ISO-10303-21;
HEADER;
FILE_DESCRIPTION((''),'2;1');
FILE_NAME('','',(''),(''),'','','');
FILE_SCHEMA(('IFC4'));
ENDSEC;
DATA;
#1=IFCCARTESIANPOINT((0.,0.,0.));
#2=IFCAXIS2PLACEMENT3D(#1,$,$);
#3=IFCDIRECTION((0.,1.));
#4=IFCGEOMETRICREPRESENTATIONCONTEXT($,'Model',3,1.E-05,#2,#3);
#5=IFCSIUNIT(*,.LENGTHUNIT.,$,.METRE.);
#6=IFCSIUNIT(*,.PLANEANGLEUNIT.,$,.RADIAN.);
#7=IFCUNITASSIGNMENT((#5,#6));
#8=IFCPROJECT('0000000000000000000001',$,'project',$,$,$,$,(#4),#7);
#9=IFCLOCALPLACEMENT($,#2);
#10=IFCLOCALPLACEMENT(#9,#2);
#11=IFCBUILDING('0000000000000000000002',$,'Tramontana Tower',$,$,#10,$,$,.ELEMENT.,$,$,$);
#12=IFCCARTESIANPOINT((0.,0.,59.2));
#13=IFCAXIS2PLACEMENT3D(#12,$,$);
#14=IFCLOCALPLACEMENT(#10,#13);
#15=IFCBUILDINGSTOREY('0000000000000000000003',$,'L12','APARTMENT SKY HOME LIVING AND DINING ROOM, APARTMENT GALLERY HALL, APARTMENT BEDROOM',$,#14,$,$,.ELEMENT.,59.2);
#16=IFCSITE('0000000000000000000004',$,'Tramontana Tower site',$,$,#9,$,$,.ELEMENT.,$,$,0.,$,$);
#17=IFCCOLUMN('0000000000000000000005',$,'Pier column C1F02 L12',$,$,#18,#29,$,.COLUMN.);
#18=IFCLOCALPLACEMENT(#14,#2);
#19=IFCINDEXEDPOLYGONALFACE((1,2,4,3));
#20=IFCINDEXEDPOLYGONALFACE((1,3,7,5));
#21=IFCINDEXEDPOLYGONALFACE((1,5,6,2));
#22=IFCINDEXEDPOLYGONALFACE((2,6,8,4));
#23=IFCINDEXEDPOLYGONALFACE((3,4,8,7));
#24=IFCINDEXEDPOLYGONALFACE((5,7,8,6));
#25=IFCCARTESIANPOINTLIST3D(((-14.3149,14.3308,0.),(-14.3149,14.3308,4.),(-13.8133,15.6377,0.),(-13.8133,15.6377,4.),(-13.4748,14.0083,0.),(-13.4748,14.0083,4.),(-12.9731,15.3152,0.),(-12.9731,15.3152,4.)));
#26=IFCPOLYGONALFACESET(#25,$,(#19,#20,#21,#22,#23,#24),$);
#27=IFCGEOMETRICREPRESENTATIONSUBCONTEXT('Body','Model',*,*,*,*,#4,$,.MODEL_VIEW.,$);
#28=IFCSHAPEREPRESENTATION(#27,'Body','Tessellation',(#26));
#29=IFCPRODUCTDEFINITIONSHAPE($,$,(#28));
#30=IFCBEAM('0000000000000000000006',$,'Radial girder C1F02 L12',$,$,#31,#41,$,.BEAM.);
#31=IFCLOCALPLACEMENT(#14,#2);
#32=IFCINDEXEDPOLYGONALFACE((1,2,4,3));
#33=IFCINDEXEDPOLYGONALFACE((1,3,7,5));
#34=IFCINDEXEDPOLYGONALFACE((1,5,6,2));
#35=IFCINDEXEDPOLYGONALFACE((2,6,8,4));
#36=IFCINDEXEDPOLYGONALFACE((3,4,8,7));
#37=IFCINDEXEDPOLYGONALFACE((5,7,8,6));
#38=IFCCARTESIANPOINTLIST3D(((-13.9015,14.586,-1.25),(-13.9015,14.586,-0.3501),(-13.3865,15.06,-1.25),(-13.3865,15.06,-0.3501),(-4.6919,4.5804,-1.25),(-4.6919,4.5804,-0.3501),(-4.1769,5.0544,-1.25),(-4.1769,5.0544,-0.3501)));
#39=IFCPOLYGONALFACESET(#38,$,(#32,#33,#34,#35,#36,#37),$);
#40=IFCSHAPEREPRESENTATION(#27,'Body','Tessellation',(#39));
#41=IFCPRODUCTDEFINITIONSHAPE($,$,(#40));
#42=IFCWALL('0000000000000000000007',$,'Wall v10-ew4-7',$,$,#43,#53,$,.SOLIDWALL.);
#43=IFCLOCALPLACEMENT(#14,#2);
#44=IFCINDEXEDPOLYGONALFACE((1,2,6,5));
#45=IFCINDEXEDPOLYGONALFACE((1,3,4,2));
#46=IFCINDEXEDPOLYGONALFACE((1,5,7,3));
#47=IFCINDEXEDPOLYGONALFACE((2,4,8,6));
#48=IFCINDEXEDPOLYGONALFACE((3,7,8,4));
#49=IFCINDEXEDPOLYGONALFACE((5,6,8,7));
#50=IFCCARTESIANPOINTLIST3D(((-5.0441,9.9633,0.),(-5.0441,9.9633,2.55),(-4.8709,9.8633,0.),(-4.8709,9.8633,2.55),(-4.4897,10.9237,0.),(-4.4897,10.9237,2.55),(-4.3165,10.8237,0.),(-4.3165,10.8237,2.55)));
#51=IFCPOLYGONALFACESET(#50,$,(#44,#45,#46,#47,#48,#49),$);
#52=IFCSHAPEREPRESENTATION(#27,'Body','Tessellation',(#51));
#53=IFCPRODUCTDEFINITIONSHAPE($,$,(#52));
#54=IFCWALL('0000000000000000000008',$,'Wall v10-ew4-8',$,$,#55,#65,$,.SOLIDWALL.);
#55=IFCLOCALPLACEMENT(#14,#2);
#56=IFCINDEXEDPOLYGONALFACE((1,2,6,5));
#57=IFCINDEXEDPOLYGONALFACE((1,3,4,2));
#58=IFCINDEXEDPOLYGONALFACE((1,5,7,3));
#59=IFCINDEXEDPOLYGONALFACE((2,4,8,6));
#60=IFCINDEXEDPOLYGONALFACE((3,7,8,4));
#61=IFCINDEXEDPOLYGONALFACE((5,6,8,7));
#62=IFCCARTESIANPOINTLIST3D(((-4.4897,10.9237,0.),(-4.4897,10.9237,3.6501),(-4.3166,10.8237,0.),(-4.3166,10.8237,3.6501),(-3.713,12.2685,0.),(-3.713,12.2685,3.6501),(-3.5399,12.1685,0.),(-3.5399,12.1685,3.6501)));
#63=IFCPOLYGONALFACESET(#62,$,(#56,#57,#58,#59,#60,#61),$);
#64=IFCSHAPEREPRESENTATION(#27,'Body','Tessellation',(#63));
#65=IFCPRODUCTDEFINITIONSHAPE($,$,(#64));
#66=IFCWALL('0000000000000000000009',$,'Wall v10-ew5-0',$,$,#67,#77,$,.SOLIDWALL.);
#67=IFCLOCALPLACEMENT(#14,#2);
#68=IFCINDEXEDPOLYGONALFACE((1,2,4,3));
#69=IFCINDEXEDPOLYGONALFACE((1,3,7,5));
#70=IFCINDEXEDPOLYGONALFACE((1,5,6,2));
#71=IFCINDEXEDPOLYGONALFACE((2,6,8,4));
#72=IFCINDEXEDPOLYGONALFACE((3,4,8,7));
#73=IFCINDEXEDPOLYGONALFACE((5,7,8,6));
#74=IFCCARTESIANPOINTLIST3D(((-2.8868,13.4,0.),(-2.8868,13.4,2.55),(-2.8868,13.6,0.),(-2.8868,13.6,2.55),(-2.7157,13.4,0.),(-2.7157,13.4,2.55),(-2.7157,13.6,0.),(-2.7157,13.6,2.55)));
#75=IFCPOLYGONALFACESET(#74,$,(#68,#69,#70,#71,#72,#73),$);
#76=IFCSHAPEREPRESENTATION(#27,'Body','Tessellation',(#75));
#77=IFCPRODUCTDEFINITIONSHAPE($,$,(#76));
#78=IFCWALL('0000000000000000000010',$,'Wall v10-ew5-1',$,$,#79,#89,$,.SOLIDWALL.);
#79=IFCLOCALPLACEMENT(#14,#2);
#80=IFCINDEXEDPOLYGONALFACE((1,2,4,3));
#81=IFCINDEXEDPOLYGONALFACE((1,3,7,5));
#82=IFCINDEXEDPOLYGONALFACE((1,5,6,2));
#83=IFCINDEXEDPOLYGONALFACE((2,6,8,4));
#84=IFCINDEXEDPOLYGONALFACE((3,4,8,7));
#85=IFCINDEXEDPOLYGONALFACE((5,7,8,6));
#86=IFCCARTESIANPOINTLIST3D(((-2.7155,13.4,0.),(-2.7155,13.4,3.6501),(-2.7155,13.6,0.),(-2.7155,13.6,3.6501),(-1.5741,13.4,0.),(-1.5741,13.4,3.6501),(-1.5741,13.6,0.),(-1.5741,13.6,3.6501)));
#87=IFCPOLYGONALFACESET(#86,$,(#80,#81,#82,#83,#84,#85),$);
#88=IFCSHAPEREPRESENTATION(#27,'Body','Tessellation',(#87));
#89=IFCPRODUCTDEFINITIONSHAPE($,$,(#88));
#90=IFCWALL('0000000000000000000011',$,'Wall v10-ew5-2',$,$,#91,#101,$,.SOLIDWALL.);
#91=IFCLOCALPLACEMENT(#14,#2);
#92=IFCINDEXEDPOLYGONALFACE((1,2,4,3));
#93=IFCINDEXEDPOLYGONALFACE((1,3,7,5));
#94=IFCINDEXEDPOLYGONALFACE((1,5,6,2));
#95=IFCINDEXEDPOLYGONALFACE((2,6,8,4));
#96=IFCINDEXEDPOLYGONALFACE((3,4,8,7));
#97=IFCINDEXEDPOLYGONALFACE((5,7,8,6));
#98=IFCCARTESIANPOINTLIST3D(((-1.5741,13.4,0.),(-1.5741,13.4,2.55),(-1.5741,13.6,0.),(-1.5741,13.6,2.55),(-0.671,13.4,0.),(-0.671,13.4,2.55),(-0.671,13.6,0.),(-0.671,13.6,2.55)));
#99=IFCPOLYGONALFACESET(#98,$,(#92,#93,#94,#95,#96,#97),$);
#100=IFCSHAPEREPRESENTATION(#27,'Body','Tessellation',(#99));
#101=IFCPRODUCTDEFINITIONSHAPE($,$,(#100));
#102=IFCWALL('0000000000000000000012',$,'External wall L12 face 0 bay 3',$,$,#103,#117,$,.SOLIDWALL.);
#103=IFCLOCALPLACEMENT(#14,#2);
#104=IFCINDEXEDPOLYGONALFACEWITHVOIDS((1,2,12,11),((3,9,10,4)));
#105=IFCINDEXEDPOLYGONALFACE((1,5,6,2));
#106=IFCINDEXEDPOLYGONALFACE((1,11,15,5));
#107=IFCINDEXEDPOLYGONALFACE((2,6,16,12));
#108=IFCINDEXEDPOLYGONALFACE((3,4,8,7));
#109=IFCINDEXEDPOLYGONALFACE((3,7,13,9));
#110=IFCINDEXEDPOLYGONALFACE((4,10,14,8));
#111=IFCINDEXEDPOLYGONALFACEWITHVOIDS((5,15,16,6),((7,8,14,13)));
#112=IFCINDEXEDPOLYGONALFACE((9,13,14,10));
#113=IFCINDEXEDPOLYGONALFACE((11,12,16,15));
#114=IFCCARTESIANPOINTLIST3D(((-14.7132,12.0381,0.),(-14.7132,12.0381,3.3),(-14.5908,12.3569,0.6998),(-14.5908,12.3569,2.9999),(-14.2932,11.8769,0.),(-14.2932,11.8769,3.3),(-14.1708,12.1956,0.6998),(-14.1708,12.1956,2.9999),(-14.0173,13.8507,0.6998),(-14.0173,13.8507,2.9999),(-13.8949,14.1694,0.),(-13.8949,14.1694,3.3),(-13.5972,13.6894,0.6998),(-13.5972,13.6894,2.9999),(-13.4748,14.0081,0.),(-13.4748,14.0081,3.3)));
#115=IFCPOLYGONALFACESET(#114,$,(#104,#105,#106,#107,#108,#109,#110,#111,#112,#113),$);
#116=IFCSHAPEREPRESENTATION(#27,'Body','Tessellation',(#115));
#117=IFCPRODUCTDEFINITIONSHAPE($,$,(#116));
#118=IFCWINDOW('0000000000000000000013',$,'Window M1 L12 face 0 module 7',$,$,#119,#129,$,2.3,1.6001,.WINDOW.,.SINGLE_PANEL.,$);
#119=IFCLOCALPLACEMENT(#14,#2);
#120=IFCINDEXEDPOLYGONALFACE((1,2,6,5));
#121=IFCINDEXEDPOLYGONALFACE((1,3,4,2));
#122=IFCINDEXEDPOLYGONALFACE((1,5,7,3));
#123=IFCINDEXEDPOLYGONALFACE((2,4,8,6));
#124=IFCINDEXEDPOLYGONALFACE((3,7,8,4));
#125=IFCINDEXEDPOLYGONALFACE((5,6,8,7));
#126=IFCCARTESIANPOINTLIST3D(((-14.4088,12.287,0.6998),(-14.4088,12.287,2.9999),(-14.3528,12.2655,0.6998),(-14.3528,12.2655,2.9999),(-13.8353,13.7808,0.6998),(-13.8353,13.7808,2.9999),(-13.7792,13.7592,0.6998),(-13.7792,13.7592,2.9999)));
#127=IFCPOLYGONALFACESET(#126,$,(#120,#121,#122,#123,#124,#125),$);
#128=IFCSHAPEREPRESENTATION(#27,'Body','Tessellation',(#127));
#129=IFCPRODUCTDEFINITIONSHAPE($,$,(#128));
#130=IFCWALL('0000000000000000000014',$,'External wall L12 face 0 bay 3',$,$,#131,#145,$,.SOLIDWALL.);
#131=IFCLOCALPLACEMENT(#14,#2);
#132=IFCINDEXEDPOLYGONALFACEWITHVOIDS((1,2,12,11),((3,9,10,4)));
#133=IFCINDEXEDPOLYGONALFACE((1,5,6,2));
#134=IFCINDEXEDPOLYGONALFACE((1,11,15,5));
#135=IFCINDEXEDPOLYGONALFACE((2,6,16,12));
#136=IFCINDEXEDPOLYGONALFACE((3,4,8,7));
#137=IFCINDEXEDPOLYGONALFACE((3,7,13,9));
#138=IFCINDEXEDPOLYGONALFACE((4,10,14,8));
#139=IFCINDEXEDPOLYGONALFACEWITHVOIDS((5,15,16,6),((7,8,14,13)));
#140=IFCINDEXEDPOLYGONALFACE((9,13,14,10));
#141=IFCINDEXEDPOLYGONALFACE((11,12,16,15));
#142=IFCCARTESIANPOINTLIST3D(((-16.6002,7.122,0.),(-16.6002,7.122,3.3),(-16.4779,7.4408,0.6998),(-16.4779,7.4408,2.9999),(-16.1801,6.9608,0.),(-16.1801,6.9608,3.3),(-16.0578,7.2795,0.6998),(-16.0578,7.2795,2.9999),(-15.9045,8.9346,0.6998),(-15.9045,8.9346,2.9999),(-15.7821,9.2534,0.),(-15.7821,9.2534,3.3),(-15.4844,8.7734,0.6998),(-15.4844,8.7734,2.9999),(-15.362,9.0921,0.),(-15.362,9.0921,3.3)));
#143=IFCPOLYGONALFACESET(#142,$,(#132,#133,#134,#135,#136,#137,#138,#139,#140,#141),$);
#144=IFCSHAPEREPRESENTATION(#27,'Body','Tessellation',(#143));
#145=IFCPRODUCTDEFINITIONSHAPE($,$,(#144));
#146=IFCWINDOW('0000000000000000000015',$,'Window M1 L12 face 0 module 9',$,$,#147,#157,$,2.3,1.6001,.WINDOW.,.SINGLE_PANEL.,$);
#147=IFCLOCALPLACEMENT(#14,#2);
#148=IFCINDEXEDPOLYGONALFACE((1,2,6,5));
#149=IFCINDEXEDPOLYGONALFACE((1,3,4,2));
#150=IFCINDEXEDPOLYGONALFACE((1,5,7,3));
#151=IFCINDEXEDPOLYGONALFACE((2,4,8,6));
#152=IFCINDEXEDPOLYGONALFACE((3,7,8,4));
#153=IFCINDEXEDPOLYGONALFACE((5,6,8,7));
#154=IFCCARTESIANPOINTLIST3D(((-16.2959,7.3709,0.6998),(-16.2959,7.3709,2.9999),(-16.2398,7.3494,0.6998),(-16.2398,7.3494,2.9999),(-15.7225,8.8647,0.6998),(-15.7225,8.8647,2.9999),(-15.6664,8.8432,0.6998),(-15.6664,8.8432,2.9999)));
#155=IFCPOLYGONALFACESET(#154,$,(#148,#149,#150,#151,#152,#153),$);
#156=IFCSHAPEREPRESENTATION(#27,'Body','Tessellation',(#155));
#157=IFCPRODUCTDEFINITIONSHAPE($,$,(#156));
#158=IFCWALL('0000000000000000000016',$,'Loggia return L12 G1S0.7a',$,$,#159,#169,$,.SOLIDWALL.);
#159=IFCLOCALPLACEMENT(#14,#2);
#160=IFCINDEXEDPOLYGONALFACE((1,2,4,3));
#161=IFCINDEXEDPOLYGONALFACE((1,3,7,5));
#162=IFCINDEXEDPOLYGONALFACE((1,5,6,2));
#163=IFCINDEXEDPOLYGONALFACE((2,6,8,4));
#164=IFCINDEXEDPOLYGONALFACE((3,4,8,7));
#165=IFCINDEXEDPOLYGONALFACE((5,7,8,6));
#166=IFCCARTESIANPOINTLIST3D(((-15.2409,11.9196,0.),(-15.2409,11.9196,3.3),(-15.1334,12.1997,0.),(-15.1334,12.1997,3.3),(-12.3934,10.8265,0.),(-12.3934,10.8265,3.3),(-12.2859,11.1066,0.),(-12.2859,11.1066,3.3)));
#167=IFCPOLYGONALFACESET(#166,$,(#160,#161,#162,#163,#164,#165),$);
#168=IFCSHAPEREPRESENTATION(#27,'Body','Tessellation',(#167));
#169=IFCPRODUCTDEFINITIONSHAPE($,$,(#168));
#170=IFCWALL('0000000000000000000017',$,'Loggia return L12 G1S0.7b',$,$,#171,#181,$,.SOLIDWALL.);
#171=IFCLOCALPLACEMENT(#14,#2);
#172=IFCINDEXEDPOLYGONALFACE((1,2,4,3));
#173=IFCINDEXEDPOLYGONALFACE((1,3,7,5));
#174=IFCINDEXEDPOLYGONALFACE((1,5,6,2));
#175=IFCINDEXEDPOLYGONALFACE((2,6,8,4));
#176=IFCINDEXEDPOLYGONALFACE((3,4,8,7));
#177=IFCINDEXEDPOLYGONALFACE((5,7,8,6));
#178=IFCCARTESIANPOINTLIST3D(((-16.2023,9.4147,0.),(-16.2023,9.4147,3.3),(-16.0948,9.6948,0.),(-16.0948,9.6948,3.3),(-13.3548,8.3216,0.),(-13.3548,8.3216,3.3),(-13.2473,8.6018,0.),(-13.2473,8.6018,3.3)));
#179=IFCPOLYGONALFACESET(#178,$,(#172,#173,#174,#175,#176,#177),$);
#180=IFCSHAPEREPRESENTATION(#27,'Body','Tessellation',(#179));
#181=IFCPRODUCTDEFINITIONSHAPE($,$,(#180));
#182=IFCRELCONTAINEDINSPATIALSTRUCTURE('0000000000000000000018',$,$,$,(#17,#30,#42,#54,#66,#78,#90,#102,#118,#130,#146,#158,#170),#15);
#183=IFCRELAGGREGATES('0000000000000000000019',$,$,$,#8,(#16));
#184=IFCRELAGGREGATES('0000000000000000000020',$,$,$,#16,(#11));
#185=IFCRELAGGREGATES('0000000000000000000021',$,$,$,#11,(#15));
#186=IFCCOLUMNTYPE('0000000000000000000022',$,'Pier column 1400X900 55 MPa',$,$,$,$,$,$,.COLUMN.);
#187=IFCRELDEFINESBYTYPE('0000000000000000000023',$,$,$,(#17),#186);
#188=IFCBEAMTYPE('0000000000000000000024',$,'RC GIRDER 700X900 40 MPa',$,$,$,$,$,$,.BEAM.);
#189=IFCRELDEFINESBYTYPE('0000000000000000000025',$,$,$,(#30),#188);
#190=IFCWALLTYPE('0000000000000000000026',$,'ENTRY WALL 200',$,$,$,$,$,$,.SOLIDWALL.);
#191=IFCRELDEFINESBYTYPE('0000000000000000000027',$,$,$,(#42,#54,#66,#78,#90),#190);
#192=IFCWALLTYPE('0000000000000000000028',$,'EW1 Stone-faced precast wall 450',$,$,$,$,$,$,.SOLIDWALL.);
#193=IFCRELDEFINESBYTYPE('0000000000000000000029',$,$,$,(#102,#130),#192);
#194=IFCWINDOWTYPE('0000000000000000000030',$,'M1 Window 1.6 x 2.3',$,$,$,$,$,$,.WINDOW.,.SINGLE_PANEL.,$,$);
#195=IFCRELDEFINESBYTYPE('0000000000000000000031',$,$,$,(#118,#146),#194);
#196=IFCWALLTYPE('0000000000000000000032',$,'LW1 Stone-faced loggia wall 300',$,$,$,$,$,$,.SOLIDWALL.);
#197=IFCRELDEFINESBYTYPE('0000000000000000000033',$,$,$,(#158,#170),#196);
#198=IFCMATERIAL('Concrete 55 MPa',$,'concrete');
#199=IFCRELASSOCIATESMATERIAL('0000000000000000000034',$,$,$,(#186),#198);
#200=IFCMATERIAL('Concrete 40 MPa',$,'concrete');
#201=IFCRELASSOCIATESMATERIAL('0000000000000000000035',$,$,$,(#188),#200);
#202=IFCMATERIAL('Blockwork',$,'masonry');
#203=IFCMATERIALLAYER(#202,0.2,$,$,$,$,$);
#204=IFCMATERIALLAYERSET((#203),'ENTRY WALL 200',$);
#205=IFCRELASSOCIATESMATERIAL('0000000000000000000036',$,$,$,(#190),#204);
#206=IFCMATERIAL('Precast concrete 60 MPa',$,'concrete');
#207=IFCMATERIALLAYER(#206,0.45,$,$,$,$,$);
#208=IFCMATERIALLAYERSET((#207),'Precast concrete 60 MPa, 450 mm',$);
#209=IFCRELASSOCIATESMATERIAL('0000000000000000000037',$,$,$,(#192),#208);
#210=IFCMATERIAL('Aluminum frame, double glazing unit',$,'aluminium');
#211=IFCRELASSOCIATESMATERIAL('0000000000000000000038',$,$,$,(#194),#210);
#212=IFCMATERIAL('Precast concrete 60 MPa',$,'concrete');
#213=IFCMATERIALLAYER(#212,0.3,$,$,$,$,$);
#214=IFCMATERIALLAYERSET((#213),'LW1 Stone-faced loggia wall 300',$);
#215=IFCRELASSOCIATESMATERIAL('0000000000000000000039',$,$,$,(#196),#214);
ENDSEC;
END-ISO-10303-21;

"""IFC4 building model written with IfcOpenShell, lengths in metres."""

from ifc_helpers import new_model, si_unit, direction, frame, frame_2d, origin, origin_2d, place, context, subcontext, project, spatial, rectangle, extrude, material, layer, layer_set, material_profile, profile_set, type_object, element, fill, save


model = new_model("IFC4")

# Units and contexts
model_context = context("Model", 3, precision=1e-05, world=origin(), true_north=direction((0.0, 1.0)))
body_context = subcontext(model_context, "Body", "Model", "MODEL_VIEW")
ifc_project = project(units=[si_unit("LENGTHUNIT", "METRE"), si_unit("PLANEANGLEUNIT", "RADIAN")], contexts=[model_context])

# Site, building, storey
site_placement = place(None, origin())
site = spatial("IfcSite", under=ifc_project, at=site_placement, Name="Tramontana Tower site", CompositionType="ELEMENT", RefElevation=0.0)
building_placement = place(site_placement, origin())
building = spatial("IfcBuilding", under=site, at=building_placement, Name="Tramontana Tower", CompositionType="ELEMENT")
storey_placement = place(building_placement, frame((0.0, 0.0, 59.2)))
storey = spatial("IfcBuildingStorey", under=building, at=storey_placement, Name="L12", Description="APARTMENT SKY HOME LIVING AND DINING ROOM, APARTMENT GALLERY HALL, APARTMENT BEDROOM", CompositionType="ELEMENT", Elevation=59.2)

# Column
ifc_material_1 = material(Name="Concrete 55 MPa", Category="concrete")
ifc_material_profile_1 = material_profile(ifc_material_1, rectangle(XDim=1.3999, YDim=0.8999, at=origin_2d()), Name="Pier column 1400X900 55 MPa")
ifc_profile_set_1 = profile_set([ifc_material_profile_1], Name="Concrete 55 MPa")
column_type = type_object("IfcColumnType", Name="Pier column 1400X900 55 MPa", PredefinedType="COLUMN", material=ifc_profile_set_1)
column_placement = place(storey_placement, frame((-13.644, 14.823, 0.0), z_axis=(0.0, 0.0, 1.0), x_axis=(-0.358368, -0.93358, 0.0)))
element("IfcColumn", 1, at=column_placement, inside=storey, type_object=column_type, Name="Pier column C1F02 L12", PredefinedType="COLUMN", context=body_context, shape_type="SweptSolid", body=[
    extrude(rectangle(XDim=1.3999, YDim=0.8999, at=origin_2d()), origin(), (0.0, 0.0, 1.0), 4.0),
])

# Beam
ifc_material_2 = material(Name="Concrete 40 MPa", Category="concrete")
ifc_material_profile_2 = material_profile(ifc_material_2, rectangle(XDim=0.7, YDim=0.8999, at=origin_2d()), Name="RC GIRDER 700X900 40 MPa")
ifc_profile_set_2 = profile_set([ifc_material_profile_2], Name="Concrete 40 MPa")
beam_type = type_object("IfcBeamType", Name="RC GIRDER 700X900 40 MPa", PredefinedType="BEAM", material=ifc_profile_set_2)
beam_placement = place(storey_placement, frame((-13.644, 14.823, -0.8), z_axis=(0.677238, -0.735764, 0.0), x_axis=(0.735764, 0.677238, 0.0)))
element("IfcBeam", 2, at=beam_placement, inside=storey, type_object=beam_type, Name="Radial girder C1F02 L12", PredefinedType="BEAM", context=body_context, shape_type="SweptSolid", body=[
    extrude(rectangle(XDim=0.7, YDim=0.8999, at=origin_2d()), origin(), (0.0, 0.0, 1.0), 13.5989),
])

# Walls
ifc_material_3 = material(Name="Blockwork", Category="masonry")
ifc_layer_1 = layer(ifc_material_3, 0.2)
ifc_layer_set_1 = layer_set([ifc_layer_1], Name="ENTRY WALL 200")
wall_type_1 = type_object("IfcWallType", Name="ENTRY WALL 200", PredefinedType="SOLIDWALL", material=ifc_layer_set_1)
wall_1_placement = place(storey_placement, frame((-4.9575, 9.9133, 0.0), z_axis=(0.0, 0.0, 1.0), x_axis=(0.499951, 0.866054, 0.0)))
element("IfcWall", 3, at=wall_1_placement, inside=storey, type_object=wall_type_1, Name="Wall v10-ew4-7", PredefinedType="SOLIDWALL", context=body_context, shape_type="SweptSolid", body=[
    extrude(rectangle(XDim=1.1089, YDim=0.2, at=frame_2d((0.5544, 0.0))), origin(), (0.0, 0.0, 1.0), 2.55),
])
wall_2_placement = place(storey_placement, frame((-4.4031, 10.8738, 0.0), z_axis=(0.0, 0.0, 1.0), x_axis=(0.500113, 0.86596, 0.0)))
element("IfcWall", 4, at=wall_2_placement, inside=storey, type_object=wall_type_1, Name="Wall v10-ew4-8", PredefinedType="SOLIDWALL", context=body_context, shape_type="SweptSolid", body=[
    extrude(rectangle(XDim=1.553, YDim=0.2, at=frame_2d((0.7764, 0.0))), origin(), (0.0, 0.0, 1.0), 3.6501),
])

# Walls
wall_3_placement = place(storey_placement, frame((-2.8867, 13.5, 0.0), z_axis=(0.0, 0.0, 1.0), x_axis=(1.0, 0.0, 0.0)))
element("IfcWall", 5, at=wall_3_placement, inside=storey, type_object=wall_type_1, Name="Wall v10-ew5-0", PredefinedType="SOLIDWALL", context=body_context, shape_type="SweptSolid", body=[
    extrude(rectangle(XDim=0.1711, YDim=0.2, at=frame_2d((0.0854, 0.0))), origin(), (0.0, 0.0, 1.0), 2.55),
])
wall_4_placement = place(storey_placement, frame((-2.7156, 13.5, 0.0), z_axis=(0.0, 0.0, 1.0), x_axis=(1.0, 0.0, 0.0)))
element("IfcWall", 6, at=wall_4_placement, inside=storey, type_object=wall_type_1, Name="Wall v10-ew5-1", PredefinedType="SOLIDWALL", context=body_context, shape_type="SweptSolid", body=[
    extrude(rectangle(XDim=1.1414, YDim=0.2, at=frame_2d((0.5708, 0.0))), origin(), (0.0, 0.0, 1.0), 3.6501),
])
wall_5_placement = place(storey_placement, frame((-1.5742, 13.5, 0.0), z_axis=(0.0, 0.0, 1.0), x_axis=(1.0, 0.0, 0.0)))
element("IfcWall", 7, at=wall_5_placement, inside=storey, type_object=wall_type_1, Name="Wall v10-ew5-2", PredefinedType="SOLIDWALL", context=body_context, shape_type="SweptSolid", body=[
    extrude(rectangle(XDim=0.9031, YDim=0.2, at=frame_2d((0.4517, 0.0))), origin(), (0.0, 0.0, 1.0), 2.55),
])

# Walls, openings, windows
ifc_material_4 = material(Name="Precast concrete 60 MPa", Category="concrete")
ifc_layer_2 = layer(ifc_material_4, 0.45)
ifc_layer_set_2 = layer_set([ifc_layer_2], Name="Precast concrete 60 MPa, 450 mm")
wall_type_2 = type_object("IfcWallType", Name="EW1 Stone-faced precast wall 450", PredefinedType="SOLIDWALL", material=ifc_layer_set_2)
wall_6_placement = place(storey_placement, frame((-13.6848, 14.0889, 0.0), z_axis=(0.0, 0.0, 1.0), x_axis=(-0.358449, -0.933549, 0.0)))
wall_6 = element("IfcWall", 8, at=wall_6_placement, inside=storey, type_object=wall_type_2, Name="External wall L12 face 0 bay 3", PredefinedType="SOLIDWALL", context=body_context, shape_type="SweptSolid", body=[
    extrude(rectangle(XDim=2.283, YDim=0.45, at=frame_2d((1.1416, 0.0))), origin(), (0.0, 0.0, 1.0), 3.3),
])
opening_1_placement = place(wall_6_placement, frame((0.3416, 0.0, 0.7)))
opening_1 = element("IfcOpeningElement", 9, at=opening_1_placement, cuts=wall_6, PredefinedType="OPENING", context=body_context, shape_type="SweptSolid", body=[
    extrude(rectangle(XDim=1.6001, YDim=2.3, at=frame_2d((0.8, 1.1499))), frame((0.0, 0.2349, 0.0), z_axis=(0.0, -1.0, 0.0), x_axis=(1.0, 0.0, 0.0)), (0.0, 0.0, 1.0), 0.47),
])
ifc_material_5 = material(Name="Aluminum frame, double glazing unit", Category="aluminium")
window_type = type_object("IfcWindowType", Name="M1 Window 1.6 x 2.3", PartitioningType="SINGLE_PANEL", PredefinedType="WINDOW", material=ifc_material_5)
window_1_placement = place(opening_1_placement, origin())
window_1 = element("IfcWindow", 10, at=window_1_placement, inside=storey, type_object=window_type, Name="Window M1 L12 face 0 module 7", OverallHeight=2.3, OverallWidth=1.6001, PartitioningType="SINGLE_PANEL", PredefinedType="WINDOW", context=body_context, shape_type="SweptSolid", body=[
    extrude(rectangle(XDim=1.6001, YDim=2.3, at=frame_2d((0.8, 1.1499))), frame((0.0, 0.03, 0.0), z_axis=(0.0, -1.0, 0.0), x_axis=(1.0, 0.0, 0.0)), (0.0, 0.0, 1.0), 0.0601),
])
fill(opening_1, window_1)
wall_7_placement = place(storey_placement, frame((-15.572, 9.1729, 0.0), z_axis=(0.0, 0.0, 1.0), x_axis=(-0.358356, -0.933585, 0.0)))
wall_7 = element("IfcWall", 11, at=wall_7_placement, inside=storey, type_object=wall_type_2, Name="External wall L12 face 0 bay 3", PredefinedType="SOLIDWALL", context=body_context, shape_type="SweptSolid", body=[
    extrude(rectangle(XDim=2.283, YDim=0.45, at=frame_2d((1.1416, 0.0))), origin(), (0.0, 0.0, 1.0), 3.3),
])
opening_2_placement = place(wall_7_placement, frame((0.3416, 0.0, 0.7)))
opening_2 = element("IfcOpeningElement", 12, at=opening_2_placement, cuts=wall_7, PredefinedType="OPENING", context=body_context, shape_type="SweptSolid", body=[
    extrude(rectangle(XDim=1.6001, YDim=2.3, at=frame_2d((0.8, 1.1499))), frame((0.0, 0.2349, 0.0), z_axis=(0.0, -1.0, 0.0), x_axis=(1.0, 0.0, 0.0)), (0.0, 0.0, 1.0), 0.47),
])
window_2_placement = place(opening_2_placement, origin())
window_2 = element("IfcWindow", 13, at=window_2_placement, inside=storey, type_object=window_type, Name="Window M1 L12 face 0 module 9", OverallHeight=2.3, OverallWidth=1.6001, PartitioningType="SINGLE_PANEL", PredefinedType="WINDOW", context=body_context, shape_type="SweptSolid", body=[
    extrude(rectangle(XDim=1.6001, YDim=2.3, at=frame_2d((0.8, 1.1499))), frame((0.0, 0.03, 0.0), z_axis=(0.0, -1.0, 0.0), x_axis=(1.0, 0.0, 0.0)), (0.0, 0.0, 1.0), 0.0601),
])
fill(opening_2, window_2)

# Shared definitions
ifc_material_6 = material(Name="Precast concrete 60 MPa", Category="concrete")
ifc_layer_3 = layer(ifc_material_6, 0.3)
ifc_layer_set_3 = layer_set([ifc_layer_3], Name="LW1 Stone-faced loggia wall 300")
wall_type_3 = type_object("IfcWallType", Name="LW1 Stone-faced loggia wall 300", PredefinedType="SOLIDWALL", material=ifc_layer_set_3)

# Walls
for number, where, z_axis, x_axis, name in (
    (14, (-15.187, 12.0596, 0.0), (0.0, 0.0, 1.0), (0.933581, -0.358368, 0.0), "Loggia return L12 G1S0.7a"),
    (15, (-16.1484, 9.5547, 0.0), (0.0, 0.0, 1.0), (0.933581, -0.358368, 0.0), "Loggia return L12 G1S0.7b"),
):
    element("IfcWall", number, at=place(storey_placement, frame(where, z_axis=z_axis, x_axis=x_axis)), inside=storey, type_object=wall_type_3, Name=name, PredefinedType="SOLIDWALL", context=body_context, shape_type="SweptSolid", body=[
        extrude(rectangle(XDim=3.05, YDim=0.3, at=frame_2d((1.5249, 0.0))), origin(), (0.0, 0.0, 1.0), 3.3),
    ])

save(model, "model.ifc")
